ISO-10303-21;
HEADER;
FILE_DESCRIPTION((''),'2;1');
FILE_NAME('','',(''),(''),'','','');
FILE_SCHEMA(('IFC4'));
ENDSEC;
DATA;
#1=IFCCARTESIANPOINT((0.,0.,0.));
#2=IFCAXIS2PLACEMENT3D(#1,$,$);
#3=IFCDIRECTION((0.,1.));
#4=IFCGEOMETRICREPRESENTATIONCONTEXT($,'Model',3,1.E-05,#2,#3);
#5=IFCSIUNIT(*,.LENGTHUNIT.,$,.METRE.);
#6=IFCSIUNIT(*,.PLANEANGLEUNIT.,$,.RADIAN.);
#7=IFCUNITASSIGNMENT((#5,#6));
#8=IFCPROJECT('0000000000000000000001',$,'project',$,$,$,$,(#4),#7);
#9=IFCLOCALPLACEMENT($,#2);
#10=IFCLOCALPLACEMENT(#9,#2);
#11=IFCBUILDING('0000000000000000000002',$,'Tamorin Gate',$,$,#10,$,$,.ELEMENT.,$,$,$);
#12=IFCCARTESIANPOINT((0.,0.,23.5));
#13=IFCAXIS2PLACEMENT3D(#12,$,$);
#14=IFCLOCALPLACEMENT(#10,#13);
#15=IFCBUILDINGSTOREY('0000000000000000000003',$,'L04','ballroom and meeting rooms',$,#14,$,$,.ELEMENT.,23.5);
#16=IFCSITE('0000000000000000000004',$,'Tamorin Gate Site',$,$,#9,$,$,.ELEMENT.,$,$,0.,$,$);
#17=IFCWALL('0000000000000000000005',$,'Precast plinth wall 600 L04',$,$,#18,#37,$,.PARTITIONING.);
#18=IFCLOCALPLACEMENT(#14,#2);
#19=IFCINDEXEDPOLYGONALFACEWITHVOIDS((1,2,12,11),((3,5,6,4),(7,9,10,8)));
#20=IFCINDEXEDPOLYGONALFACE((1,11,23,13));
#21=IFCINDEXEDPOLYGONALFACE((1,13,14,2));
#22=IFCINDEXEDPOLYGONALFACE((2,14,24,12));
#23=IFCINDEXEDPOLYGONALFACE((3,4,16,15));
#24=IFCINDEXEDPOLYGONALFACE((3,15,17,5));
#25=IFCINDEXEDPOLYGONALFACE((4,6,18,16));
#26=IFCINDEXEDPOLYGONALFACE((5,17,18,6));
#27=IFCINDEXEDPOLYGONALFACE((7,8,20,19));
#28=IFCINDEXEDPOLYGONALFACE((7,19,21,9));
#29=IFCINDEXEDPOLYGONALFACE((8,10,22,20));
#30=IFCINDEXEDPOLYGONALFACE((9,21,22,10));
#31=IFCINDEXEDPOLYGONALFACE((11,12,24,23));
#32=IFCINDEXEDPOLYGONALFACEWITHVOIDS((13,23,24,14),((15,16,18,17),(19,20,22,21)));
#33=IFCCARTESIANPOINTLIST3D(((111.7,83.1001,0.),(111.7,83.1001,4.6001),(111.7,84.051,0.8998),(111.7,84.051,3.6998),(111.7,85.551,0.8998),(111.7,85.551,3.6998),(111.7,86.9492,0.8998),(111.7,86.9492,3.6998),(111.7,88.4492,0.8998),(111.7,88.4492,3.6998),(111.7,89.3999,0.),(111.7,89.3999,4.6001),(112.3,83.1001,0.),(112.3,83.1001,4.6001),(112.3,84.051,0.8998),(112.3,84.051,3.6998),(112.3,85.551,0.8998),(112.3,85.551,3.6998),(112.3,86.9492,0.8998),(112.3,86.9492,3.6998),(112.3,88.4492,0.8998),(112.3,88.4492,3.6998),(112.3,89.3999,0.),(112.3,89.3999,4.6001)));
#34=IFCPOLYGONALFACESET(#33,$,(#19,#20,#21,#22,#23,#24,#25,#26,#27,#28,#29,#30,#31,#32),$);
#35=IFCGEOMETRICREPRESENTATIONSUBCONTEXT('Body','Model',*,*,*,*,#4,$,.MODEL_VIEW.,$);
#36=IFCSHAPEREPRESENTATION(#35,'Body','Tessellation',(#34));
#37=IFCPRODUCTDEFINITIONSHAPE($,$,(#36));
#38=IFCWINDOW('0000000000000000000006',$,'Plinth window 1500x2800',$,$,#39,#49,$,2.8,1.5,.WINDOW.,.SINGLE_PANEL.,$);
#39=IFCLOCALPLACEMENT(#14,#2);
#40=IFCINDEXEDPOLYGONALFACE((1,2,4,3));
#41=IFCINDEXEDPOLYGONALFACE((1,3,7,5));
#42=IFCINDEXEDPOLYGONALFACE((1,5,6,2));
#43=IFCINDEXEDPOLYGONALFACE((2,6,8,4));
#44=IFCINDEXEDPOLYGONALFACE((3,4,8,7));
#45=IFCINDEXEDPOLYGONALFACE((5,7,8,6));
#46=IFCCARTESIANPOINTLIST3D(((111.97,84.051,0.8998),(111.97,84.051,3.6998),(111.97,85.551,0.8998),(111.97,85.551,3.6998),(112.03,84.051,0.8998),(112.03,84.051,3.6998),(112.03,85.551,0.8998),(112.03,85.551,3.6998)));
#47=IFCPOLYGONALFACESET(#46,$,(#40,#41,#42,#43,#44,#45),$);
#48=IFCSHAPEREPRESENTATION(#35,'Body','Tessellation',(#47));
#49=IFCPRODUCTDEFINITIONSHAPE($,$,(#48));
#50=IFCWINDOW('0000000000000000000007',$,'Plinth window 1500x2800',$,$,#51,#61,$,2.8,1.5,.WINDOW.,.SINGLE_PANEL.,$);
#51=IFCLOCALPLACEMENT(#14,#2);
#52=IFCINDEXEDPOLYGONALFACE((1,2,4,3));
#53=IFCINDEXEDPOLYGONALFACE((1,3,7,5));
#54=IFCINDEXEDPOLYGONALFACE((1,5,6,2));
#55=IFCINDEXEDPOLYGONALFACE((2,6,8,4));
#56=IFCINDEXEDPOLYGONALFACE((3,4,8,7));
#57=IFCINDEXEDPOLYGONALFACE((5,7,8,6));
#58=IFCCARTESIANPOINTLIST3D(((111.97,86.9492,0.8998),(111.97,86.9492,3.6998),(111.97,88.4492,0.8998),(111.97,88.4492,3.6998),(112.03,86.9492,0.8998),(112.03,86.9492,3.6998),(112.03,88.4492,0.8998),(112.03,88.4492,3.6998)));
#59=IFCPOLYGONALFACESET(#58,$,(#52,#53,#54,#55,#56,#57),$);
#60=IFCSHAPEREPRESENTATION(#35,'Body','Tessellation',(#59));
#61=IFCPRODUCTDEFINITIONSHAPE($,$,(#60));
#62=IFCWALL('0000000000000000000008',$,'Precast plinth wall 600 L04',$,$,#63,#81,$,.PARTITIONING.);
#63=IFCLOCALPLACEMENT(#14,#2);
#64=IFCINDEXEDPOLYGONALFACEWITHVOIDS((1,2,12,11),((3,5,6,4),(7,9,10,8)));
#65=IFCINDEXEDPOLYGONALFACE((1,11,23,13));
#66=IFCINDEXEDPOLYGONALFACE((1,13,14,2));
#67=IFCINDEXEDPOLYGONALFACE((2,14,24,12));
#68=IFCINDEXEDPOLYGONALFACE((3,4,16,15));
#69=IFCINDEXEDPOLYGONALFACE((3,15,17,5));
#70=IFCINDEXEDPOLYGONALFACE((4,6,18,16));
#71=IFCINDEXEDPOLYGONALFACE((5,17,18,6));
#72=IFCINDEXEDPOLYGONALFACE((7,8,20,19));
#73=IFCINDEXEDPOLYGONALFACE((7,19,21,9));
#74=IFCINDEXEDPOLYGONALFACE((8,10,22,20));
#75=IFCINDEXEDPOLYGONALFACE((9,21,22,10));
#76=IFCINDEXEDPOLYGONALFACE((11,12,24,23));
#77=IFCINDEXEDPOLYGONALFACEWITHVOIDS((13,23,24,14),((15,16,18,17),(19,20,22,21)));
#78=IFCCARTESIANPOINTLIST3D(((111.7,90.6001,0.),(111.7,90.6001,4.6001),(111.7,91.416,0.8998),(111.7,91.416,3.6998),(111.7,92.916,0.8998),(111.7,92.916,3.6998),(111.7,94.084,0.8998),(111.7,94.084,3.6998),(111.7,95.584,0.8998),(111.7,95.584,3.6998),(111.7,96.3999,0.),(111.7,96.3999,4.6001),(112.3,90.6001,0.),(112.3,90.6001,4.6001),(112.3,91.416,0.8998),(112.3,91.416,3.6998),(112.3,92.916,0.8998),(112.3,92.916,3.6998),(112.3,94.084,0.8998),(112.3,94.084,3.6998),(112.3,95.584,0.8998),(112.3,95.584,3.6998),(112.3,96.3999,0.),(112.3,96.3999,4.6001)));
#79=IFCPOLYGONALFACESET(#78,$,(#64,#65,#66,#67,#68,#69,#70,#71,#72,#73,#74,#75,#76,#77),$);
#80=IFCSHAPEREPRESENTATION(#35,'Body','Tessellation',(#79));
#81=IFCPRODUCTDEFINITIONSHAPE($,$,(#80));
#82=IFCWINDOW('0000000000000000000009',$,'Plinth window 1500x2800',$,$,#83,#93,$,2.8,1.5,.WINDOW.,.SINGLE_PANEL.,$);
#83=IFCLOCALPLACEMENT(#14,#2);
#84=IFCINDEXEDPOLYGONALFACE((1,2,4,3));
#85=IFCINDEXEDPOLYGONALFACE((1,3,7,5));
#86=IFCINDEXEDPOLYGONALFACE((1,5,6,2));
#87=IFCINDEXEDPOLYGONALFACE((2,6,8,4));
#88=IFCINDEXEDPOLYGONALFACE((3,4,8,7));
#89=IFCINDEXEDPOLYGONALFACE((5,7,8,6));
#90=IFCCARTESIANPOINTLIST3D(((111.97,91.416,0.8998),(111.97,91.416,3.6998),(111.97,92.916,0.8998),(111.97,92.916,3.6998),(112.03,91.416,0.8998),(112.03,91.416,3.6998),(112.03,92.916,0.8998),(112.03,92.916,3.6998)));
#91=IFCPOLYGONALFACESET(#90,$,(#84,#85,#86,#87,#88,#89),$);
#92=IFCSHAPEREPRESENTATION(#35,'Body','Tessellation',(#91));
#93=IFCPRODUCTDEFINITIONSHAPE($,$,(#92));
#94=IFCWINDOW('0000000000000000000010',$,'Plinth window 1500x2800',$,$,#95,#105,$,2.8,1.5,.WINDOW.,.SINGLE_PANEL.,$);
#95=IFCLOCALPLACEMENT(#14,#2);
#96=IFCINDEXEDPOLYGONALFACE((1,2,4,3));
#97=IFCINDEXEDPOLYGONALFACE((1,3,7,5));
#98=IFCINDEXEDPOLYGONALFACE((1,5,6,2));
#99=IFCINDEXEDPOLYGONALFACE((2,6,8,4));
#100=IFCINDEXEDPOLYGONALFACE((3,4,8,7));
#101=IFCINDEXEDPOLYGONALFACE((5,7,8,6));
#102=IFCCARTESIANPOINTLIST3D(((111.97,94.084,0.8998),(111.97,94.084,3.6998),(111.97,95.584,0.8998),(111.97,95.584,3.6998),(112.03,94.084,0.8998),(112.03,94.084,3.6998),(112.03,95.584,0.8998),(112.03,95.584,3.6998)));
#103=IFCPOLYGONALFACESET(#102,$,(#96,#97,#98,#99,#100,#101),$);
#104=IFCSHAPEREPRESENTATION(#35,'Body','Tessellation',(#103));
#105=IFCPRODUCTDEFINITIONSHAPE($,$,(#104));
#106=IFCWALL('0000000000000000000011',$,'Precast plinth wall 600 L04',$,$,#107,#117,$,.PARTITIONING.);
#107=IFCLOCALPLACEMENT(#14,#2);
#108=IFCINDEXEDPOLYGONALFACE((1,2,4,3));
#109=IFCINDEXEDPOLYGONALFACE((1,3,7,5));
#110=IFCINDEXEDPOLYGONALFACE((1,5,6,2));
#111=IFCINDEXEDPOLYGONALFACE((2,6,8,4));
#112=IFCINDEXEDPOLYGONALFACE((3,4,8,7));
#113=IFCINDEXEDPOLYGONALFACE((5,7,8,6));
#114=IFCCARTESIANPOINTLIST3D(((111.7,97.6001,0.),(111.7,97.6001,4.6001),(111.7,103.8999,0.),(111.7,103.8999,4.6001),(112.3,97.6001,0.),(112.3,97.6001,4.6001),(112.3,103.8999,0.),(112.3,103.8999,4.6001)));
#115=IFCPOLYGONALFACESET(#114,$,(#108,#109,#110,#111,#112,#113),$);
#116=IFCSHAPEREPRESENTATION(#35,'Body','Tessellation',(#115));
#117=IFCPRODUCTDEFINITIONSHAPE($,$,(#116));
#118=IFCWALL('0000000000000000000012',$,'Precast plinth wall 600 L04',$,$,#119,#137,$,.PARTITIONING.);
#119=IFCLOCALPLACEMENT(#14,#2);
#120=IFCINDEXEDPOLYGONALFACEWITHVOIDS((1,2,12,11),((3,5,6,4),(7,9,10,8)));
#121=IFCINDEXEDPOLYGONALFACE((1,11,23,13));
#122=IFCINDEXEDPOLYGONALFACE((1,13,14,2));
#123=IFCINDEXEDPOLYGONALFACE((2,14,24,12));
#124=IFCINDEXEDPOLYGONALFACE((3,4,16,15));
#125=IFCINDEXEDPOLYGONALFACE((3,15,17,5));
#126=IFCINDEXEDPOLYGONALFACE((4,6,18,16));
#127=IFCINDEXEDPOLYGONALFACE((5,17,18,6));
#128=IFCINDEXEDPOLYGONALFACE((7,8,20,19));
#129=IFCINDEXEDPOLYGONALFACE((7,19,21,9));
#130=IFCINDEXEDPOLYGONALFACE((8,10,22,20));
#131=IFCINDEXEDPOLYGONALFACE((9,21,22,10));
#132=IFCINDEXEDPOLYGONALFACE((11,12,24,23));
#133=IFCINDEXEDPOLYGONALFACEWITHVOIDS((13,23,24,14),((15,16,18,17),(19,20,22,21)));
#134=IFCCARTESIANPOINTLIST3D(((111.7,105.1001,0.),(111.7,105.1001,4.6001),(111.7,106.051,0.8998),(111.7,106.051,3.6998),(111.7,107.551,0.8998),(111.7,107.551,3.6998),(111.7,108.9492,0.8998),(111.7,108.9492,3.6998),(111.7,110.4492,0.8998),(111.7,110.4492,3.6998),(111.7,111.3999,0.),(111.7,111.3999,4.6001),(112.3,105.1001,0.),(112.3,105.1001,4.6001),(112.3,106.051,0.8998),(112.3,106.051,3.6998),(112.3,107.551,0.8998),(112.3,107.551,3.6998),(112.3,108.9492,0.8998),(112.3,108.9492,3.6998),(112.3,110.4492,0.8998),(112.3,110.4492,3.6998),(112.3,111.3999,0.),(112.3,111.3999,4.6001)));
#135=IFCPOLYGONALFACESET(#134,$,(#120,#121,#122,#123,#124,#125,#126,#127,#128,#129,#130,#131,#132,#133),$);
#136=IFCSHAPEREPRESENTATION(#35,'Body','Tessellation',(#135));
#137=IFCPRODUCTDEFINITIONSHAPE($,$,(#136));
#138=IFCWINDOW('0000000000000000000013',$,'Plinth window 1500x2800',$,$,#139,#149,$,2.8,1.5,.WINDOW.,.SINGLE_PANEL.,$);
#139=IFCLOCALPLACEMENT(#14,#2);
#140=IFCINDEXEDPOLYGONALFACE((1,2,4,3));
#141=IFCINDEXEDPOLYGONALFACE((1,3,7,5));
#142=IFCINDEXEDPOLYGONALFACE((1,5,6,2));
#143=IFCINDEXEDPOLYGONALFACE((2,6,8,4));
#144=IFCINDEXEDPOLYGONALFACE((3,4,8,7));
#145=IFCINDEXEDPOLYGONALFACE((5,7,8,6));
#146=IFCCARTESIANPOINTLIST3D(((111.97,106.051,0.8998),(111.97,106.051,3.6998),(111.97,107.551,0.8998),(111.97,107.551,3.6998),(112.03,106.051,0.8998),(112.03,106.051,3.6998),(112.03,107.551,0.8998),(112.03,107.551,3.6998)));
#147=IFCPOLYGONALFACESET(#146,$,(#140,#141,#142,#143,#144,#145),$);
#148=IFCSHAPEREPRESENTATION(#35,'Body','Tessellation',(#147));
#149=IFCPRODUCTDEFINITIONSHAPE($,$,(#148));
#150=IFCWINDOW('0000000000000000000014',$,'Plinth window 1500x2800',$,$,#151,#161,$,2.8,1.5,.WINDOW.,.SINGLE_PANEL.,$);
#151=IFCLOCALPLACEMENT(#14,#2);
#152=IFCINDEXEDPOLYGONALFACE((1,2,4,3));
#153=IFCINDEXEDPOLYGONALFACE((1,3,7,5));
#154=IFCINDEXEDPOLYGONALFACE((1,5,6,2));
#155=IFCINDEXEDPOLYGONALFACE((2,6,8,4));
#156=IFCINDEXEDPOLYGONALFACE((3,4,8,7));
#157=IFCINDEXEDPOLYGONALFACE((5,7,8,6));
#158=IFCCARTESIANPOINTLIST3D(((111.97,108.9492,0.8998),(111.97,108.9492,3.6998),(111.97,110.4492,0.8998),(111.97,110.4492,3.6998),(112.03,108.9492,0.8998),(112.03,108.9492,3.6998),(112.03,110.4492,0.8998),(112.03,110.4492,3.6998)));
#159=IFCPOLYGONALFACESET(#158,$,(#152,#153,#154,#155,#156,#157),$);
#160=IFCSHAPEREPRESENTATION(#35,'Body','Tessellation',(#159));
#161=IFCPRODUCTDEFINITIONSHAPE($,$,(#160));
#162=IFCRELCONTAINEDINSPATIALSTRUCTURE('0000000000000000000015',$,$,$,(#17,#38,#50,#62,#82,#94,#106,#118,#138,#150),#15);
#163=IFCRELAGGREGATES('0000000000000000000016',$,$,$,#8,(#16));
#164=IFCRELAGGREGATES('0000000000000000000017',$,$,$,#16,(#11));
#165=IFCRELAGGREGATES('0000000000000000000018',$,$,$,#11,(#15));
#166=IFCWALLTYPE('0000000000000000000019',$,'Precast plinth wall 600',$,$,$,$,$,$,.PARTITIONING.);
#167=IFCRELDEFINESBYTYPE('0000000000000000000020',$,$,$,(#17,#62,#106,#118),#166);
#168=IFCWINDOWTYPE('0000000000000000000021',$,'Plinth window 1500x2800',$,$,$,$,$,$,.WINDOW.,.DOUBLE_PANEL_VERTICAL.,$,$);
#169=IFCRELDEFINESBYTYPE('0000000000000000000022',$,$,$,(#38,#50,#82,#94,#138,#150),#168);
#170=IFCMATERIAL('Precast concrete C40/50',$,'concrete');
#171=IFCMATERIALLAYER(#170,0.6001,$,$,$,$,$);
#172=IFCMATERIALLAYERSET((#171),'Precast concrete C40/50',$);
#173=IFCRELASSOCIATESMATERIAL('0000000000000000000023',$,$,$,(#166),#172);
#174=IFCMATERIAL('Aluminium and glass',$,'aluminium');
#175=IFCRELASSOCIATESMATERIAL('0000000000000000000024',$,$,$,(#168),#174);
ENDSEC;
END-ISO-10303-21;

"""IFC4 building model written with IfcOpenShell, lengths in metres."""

from ifc_helpers import new_model, si_unit, direction, frame, frame_2d, origin, place, context, subcontext, project, spatial, rectangle, extrude, material, layer, layer_set, type_object, element, fill, save


model = new_model("IFC4")

# Units and contexts
model_context = context("Model", 3, precision=1e-05, world=origin(), true_north=direction((0.0, 1.0)))
body_context = subcontext(model_context, "Body", "Model", "MODEL_VIEW")
ifc_project = project(units=[si_unit("LENGTHUNIT", "METRE"), si_unit("PLANEANGLEUNIT", "RADIAN")], contexts=[model_context])

# Site, building, storey
site_placement = place(None, origin())
site = spatial("IfcSite", under=ifc_project, at=site_placement, Name="Tamorin Gate Site", CompositionType="ELEMENT", RefElevation=0.0)
building_placement = place(site_placement, origin())
building = spatial("IfcBuilding", under=site, at=building_placement, Name="Tamorin Gate", CompositionType="ELEMENT")
storey_placement = place(building_placement, frame((0.0, 0.0, 23.5)))
storey = spatial("IfcBuildingStorey", under=building, at=storey_placement, Name="L04", Description="ballroom and meeting rooms", CompositionType="ELEMENT", Elevation=23.5)

# Shared definitions
ifc_material_1 = material(Name="Precast concrete C40/50", Category="concrete")
ifc_layer = layer(ifc_material_1, 0.6001)
ifc_layer_set = layer_set([ifc_layer], Name="Precast concrete C40/50")
wall_type = type_object("IfcWallType", Name="Precast plinth wall 600", PredefinedType="PARTITIONING", material=ifc_layer_set)

# Walls, openings, windows
wall_1_placement = place(storey_placement, frame((112.0, 83.1001, 0.0), z_axis=(0.0, 0.0, 1.0), x_axis=(0.0, 1.0, 0.0)))
wall_1 = element("IfcWall", 1, at=wall_1_placement, inside=storey, type_object=wall_type, Name="Precast plinth wall 600 L04", PredefinedType="PARTITIONING", context=body_context, shape_type="SweptSolid", body=[
    extrude(rectangle(XDim=6.2998, YDim=0.6001, at=frame_2d((3.1499, 0.0))), origin(), (0.0, 0.0, 1.0), 4.6001),
])
opening_1_placement = place(wall_1_placement, frame((0.9509, 0.0, 0.8999)))
opening_1 = element("IfcOpeningElement", 2, at=opening_1_placement, cuts=wall_1, PredefinedType="OPENING", context=body_context, shape_type="SweptSolid", body=[
    extrude(rectangle(XDim=1.5, YDim=2.8, at=frame_2d((0.75, 1.3999))), frame((0.0, 0.3101, 0.0), z_axis=(0.0, -1.0, 0.0), x_axis=(1.0, 0.0, 0.0)), (0.0, 0.0, 1.0), 0.6201),
])
opening_2_placement = place(wall_1_placement, frame((3.8491, 0.0, 0.8999)))
opening_2 = element("IfcOpeningElement", 3, at=opening_2_placement, cuts=wall_1, PredefinedType="OPENING", context=body_context, shape_type="SweptSolid", body=[
    extrude(rectangle(XDim=1.5, YDim=2.8, at=frame_2d((0.75, 1.3999))), frame((0.0, 0.3101, 0.0), z_axis=(0.0, -1.0, 0.0), x_axis=(1.0, 0.0, 0.0)), (0.0, 0.0, 1.0), 0.6201),
])
ifc_material_2 = material(Name="Aluminium and glass", Category="aluminium")
window_type = type_object("IfcWindowType", Name="Plinth window 1500x2800", PartitioningType="DOUBLE_PANEL_VERTICAL", PredefinedType="WINDOW", material=ifc_material_2)
window_1_placement = place(opening_1_placement, origin())
window_1 = element("IfcWindow", 4, at=window_1_placement, inside=storey, type_object=window_type, Name="Plinth window 1500x2800", OverallHeight=2.8, OverallWidth=1.5, PartitioningType="SINGLE_PANEL", PredefinedType="WINDOW", context=body_context, shape_type="SweptSolid", body=[
    extrude(rectangle(XDim=1.5, YDim=2.8, at=frame_2d((0.75, 1.3999))), frame((0.0, 0.03, 0.0), z_axis=(0.0, -1.0, 0.0), x_axis=(1.0, 0.0, 0.0)), (0.0, 0.0, 1.0), 0.0601),
])
fill(opening_1, window_1)
window_2_placement = place(opening_2_placement, origin())
window_2 = element("IfcWindow", 5, at=window_2_placement, inside=storey, type_object=window_type, Name="Plinth window 1500x2800", OverallHeight=2.8, OverallWidth=1.5, PartitioningType="SINGLE_PANEL", PredefinedType="WINDOW", context=body_context, shape_type="SweptSolid", body=[
    extrude(rectangle(XDim=1.5, YDim=2.8, at=frame_2d((0.75, 1.3999))), frame((0.0, 0.03, 0.0), z_axis=(0.0, -1.0, 0.0), x_axis=(1.0, 0.0, 0.0)), (0.0, 0.0, 1.0), 0.0601),
])
fill(opening_2, window_2)
wall_2_placement = place(storey_placement, frame((112.0, 90.6001, 0.0), z_axis=(0.0, 0.0, 1.0), x_axis=(0.0, 1.0, 0.0)))
wall_2 = element("IfcWall", 6, at=wall_2_placement, inside=storey, type_object=wall_type, Name="Precast plinth wall 600 L04", PredefinedType="PARTITIONING", context=body_context, shape_type="SweptSolid", body=[
    extrude(rectangle(XDim=5.7998, YDim=0.6001, at=frame_2d((2.8999, 0.0))), origin(), (0.0, 0.0, 1.0), 4.6001),
])
opening_3_placement = place(wall_2_placement, frame((0.8159, 0.0, 0.8999)))
opening_3 = element("IfcOpeningElement", 7, at=opening_3_placement, cuts=wall_2, PredefinedType="OPENING", context=body_context, shape_type="SweptSolid", body=[
    extrude(rectangle(XDim=1.5, YDim=2.8, at=frame_2d((0.75, 1.3999))), frame((0.0, 0.3101, 0.0), z_axis=(0.0, -1.0, 0.0), x_axis=(1.0, 0.0, 0.0)), (0.0, 0.0, 1.0), 0.6201),
])
opening_4_placement = place(wall_2_placement, frame((3.4839, 0.0, 0.8999)))
opening_4 = element("IfcOpeningElement", 8, at=opening_4_placement, cuts=wall_2, PredefinedType="OPENING", context=body_context, shape_type="SweptSolid", body=[
    extrude(rectangle(XDim=1.5, YDim=2.8, at=frame_2d((0.75, 1.3999))), frame((0.0, 0.3101, 0.0), z_axis=(0.0, -1.0, 0.0), x_axis=(1.0, 0.0, 0.0)), (0.0, 0.0, 1.0), 0.6201),
])
window_3_placement = place(opening_3_placement, origin())
window_3 = element("IfcWindow", 9, at=window_3_placement, inside=storey, type_object=window_type, Name="Plinth window 1500x2800", OverallHeight=2.8, OverallWidth=1.5, PartitioningType="SINGLE_PANEL", PredefinedType="WINDOW", context=body_context, shape_type="SweptSolid", body=[
    extrude(rectangle(XDim=1.5, YDim=2.8, at=frame_2d((0.75, 1.3999))), frame((0.0, 0.03, 0.0), z_axis=(0.0, -1.0, 0.0), x_axis=(1.0, 0.0, 0.0)), (0.0, 0.0, 1.0), 0.0601),
])
fill(opening_3, window_3)
window_4_placement = place(opening_4_placement, origin())
window_4 = element("IfcWindow", 10, at=window_4_placement, inside=storey, type_object=window_type, Name="Plinth window 1500x2800", OverallHeight=2.8, OverallWidth=1.5, PartitioningType="SINGLE_PANEL", PredefinedType="WINDOW", context=body_context, shape_type="SweptSolid", body=[
    extrude(rectangle(XDim=1.5, YDim=2.8, at=frame_2d((0.75, 1.3999))), frame((0.0, 0.03, 0.0), z_axis=(0.0, -1.0, 0.0), x_axis=(1.0, 0.0, 0.0)), (0.0, 0.0, 1.0), 0.0601),
])
fill(opening_4, window_4)

# Wall
wall_3_placement = place(storey_placement, frame((112.0, 97.6001, 0.0), z_axis=(0.0, 0.0, 1.0), x_axis=(0.0, 1.0, 0.0)))
element("IfcWall", 11, at=wall_3_placement, inside=storey, type_object=wall_type, Name="Precast plinth wall 600 L04", PredefinedType="PARTITIONING", context=body_context, shape_type="SweptSolid", body=[
    extrude(rectangle(XDim=6.2998, YDim=0.6001, at=frame_2d((3.1499, 0.0))), origin(), (0.0, 0.0, 1.0), 4.6001),
])

# Wall, openings, windows
wall_4_placement = place(storey_placement, frame((112.0, 105.1001, 0.0), z_axis=(0.0, 0.0, 1.0), x_axis=(0.0, 1.0, 0.0)))
wall_4 = element("IfcWall", 12, at=wall_4_placement, inside=storey, type_object=wall_type, Name="Precast plinth wall 600 L04", PredefinedType="PARTITIONING", context=body_context, shape_type="SweptSolid", body=[
    extrude(rectangle(XDim=6.2998, YDim=0.6001, at=frame_2d((3.1499, 0.0))), origin(), (0.0, 0.0, 1.0), 4.6001),
])
opening_5_placement = place(wall_4_placement, frame((0.9509, 0.0, 0.8999)))
opening_5 = element("IfcOpeningElement", 13, at=opening_5_placement, cuts=wall_4, PredefinedType="OPENING", context=body_context, shape_type="SweptSolid", body=[
    extrude(rectangle(XDim=1.5, YDim=2.8, at=frame_2d((0.75, 1.3999))), frame((0.0, 0.3101, 0.0), z_axis=(0.0, -1.0, 0.0), x_axis=(1.0, 0.0, 0.0)), (0.0, 0.0, 1.0), 0.6201),
])
opening_6_placement = place(wall_4_placement, frame((3.8491, 0.0, 0.8999)))
opening_6 = element("IfcOpeningElement", 14, at=opening_6_placement, cuts=wall_4, PredefinedType="OPENING", context=body_context, shape_type="SweptSolid", body=[
    extrude(rectangle(XDim=1.5, YDim=2.8, at=frame_2d((0.75, 1.3999))), frame((0.0, 0.3101, 0.0), z_axis=(0.0, -1.0, 0.0), x_axis=(1.0, 0.0, 0.0)), (0.0, 0.0, 1.0), 0.6201),
])
window_5_placement = place(opening_5_placement, origin())
window_5 = element("IfcWindow", 15, at=window_5_placement, inside=storey, type_object=window_type, Name="Plinth window 1500x2800", OverallHeight=2.8, OverallWidth=1.5, PartitioningType="SINGLE_PANEL", PredefinedType="WINDOW", context=body_context, shape_type="SweptSolid", body=[
    extrude(rectangle(XDim=1.5, YDim=2.8, at=frame_2d((0.75, 1.3999))), frame((0.0, 0.03, 0.0), z_axis=(0.0, -1.0, 0.0), x_axis=(1.0, 0.0, 0.0)), (0.0, 0.0, 1.0), 0.0601),
])
fill(opening_5, window_5)
window_6_placement = place(opening_6_placement, origin())
window_6 = element("IfcWindow", 16, at=window_6_placement, inside=storey, type_object=window_type, Name="Plinth window 1500x2800", OverallHeight=2.8, OverallWidth=1.5, PartitioningType="SINGLE_PANEL", PredefinedType="WINDOW", context=body_context, shape_type="SweptSolid", body=[
    extrude(rectangle(XDim=1.5, YDim=2.8, at=frame_2d((0.75, 1.3999))), frame((0.0, 0.03, 0.0), z_axis=(0.0, -1.0, 0.0), x_axis=(1.0, 0.0, 0.0)), (0.0, 0.0, 1.0), 0.0601),
])
fill(opening_6, window_6)

save(model, "model.ifc")
